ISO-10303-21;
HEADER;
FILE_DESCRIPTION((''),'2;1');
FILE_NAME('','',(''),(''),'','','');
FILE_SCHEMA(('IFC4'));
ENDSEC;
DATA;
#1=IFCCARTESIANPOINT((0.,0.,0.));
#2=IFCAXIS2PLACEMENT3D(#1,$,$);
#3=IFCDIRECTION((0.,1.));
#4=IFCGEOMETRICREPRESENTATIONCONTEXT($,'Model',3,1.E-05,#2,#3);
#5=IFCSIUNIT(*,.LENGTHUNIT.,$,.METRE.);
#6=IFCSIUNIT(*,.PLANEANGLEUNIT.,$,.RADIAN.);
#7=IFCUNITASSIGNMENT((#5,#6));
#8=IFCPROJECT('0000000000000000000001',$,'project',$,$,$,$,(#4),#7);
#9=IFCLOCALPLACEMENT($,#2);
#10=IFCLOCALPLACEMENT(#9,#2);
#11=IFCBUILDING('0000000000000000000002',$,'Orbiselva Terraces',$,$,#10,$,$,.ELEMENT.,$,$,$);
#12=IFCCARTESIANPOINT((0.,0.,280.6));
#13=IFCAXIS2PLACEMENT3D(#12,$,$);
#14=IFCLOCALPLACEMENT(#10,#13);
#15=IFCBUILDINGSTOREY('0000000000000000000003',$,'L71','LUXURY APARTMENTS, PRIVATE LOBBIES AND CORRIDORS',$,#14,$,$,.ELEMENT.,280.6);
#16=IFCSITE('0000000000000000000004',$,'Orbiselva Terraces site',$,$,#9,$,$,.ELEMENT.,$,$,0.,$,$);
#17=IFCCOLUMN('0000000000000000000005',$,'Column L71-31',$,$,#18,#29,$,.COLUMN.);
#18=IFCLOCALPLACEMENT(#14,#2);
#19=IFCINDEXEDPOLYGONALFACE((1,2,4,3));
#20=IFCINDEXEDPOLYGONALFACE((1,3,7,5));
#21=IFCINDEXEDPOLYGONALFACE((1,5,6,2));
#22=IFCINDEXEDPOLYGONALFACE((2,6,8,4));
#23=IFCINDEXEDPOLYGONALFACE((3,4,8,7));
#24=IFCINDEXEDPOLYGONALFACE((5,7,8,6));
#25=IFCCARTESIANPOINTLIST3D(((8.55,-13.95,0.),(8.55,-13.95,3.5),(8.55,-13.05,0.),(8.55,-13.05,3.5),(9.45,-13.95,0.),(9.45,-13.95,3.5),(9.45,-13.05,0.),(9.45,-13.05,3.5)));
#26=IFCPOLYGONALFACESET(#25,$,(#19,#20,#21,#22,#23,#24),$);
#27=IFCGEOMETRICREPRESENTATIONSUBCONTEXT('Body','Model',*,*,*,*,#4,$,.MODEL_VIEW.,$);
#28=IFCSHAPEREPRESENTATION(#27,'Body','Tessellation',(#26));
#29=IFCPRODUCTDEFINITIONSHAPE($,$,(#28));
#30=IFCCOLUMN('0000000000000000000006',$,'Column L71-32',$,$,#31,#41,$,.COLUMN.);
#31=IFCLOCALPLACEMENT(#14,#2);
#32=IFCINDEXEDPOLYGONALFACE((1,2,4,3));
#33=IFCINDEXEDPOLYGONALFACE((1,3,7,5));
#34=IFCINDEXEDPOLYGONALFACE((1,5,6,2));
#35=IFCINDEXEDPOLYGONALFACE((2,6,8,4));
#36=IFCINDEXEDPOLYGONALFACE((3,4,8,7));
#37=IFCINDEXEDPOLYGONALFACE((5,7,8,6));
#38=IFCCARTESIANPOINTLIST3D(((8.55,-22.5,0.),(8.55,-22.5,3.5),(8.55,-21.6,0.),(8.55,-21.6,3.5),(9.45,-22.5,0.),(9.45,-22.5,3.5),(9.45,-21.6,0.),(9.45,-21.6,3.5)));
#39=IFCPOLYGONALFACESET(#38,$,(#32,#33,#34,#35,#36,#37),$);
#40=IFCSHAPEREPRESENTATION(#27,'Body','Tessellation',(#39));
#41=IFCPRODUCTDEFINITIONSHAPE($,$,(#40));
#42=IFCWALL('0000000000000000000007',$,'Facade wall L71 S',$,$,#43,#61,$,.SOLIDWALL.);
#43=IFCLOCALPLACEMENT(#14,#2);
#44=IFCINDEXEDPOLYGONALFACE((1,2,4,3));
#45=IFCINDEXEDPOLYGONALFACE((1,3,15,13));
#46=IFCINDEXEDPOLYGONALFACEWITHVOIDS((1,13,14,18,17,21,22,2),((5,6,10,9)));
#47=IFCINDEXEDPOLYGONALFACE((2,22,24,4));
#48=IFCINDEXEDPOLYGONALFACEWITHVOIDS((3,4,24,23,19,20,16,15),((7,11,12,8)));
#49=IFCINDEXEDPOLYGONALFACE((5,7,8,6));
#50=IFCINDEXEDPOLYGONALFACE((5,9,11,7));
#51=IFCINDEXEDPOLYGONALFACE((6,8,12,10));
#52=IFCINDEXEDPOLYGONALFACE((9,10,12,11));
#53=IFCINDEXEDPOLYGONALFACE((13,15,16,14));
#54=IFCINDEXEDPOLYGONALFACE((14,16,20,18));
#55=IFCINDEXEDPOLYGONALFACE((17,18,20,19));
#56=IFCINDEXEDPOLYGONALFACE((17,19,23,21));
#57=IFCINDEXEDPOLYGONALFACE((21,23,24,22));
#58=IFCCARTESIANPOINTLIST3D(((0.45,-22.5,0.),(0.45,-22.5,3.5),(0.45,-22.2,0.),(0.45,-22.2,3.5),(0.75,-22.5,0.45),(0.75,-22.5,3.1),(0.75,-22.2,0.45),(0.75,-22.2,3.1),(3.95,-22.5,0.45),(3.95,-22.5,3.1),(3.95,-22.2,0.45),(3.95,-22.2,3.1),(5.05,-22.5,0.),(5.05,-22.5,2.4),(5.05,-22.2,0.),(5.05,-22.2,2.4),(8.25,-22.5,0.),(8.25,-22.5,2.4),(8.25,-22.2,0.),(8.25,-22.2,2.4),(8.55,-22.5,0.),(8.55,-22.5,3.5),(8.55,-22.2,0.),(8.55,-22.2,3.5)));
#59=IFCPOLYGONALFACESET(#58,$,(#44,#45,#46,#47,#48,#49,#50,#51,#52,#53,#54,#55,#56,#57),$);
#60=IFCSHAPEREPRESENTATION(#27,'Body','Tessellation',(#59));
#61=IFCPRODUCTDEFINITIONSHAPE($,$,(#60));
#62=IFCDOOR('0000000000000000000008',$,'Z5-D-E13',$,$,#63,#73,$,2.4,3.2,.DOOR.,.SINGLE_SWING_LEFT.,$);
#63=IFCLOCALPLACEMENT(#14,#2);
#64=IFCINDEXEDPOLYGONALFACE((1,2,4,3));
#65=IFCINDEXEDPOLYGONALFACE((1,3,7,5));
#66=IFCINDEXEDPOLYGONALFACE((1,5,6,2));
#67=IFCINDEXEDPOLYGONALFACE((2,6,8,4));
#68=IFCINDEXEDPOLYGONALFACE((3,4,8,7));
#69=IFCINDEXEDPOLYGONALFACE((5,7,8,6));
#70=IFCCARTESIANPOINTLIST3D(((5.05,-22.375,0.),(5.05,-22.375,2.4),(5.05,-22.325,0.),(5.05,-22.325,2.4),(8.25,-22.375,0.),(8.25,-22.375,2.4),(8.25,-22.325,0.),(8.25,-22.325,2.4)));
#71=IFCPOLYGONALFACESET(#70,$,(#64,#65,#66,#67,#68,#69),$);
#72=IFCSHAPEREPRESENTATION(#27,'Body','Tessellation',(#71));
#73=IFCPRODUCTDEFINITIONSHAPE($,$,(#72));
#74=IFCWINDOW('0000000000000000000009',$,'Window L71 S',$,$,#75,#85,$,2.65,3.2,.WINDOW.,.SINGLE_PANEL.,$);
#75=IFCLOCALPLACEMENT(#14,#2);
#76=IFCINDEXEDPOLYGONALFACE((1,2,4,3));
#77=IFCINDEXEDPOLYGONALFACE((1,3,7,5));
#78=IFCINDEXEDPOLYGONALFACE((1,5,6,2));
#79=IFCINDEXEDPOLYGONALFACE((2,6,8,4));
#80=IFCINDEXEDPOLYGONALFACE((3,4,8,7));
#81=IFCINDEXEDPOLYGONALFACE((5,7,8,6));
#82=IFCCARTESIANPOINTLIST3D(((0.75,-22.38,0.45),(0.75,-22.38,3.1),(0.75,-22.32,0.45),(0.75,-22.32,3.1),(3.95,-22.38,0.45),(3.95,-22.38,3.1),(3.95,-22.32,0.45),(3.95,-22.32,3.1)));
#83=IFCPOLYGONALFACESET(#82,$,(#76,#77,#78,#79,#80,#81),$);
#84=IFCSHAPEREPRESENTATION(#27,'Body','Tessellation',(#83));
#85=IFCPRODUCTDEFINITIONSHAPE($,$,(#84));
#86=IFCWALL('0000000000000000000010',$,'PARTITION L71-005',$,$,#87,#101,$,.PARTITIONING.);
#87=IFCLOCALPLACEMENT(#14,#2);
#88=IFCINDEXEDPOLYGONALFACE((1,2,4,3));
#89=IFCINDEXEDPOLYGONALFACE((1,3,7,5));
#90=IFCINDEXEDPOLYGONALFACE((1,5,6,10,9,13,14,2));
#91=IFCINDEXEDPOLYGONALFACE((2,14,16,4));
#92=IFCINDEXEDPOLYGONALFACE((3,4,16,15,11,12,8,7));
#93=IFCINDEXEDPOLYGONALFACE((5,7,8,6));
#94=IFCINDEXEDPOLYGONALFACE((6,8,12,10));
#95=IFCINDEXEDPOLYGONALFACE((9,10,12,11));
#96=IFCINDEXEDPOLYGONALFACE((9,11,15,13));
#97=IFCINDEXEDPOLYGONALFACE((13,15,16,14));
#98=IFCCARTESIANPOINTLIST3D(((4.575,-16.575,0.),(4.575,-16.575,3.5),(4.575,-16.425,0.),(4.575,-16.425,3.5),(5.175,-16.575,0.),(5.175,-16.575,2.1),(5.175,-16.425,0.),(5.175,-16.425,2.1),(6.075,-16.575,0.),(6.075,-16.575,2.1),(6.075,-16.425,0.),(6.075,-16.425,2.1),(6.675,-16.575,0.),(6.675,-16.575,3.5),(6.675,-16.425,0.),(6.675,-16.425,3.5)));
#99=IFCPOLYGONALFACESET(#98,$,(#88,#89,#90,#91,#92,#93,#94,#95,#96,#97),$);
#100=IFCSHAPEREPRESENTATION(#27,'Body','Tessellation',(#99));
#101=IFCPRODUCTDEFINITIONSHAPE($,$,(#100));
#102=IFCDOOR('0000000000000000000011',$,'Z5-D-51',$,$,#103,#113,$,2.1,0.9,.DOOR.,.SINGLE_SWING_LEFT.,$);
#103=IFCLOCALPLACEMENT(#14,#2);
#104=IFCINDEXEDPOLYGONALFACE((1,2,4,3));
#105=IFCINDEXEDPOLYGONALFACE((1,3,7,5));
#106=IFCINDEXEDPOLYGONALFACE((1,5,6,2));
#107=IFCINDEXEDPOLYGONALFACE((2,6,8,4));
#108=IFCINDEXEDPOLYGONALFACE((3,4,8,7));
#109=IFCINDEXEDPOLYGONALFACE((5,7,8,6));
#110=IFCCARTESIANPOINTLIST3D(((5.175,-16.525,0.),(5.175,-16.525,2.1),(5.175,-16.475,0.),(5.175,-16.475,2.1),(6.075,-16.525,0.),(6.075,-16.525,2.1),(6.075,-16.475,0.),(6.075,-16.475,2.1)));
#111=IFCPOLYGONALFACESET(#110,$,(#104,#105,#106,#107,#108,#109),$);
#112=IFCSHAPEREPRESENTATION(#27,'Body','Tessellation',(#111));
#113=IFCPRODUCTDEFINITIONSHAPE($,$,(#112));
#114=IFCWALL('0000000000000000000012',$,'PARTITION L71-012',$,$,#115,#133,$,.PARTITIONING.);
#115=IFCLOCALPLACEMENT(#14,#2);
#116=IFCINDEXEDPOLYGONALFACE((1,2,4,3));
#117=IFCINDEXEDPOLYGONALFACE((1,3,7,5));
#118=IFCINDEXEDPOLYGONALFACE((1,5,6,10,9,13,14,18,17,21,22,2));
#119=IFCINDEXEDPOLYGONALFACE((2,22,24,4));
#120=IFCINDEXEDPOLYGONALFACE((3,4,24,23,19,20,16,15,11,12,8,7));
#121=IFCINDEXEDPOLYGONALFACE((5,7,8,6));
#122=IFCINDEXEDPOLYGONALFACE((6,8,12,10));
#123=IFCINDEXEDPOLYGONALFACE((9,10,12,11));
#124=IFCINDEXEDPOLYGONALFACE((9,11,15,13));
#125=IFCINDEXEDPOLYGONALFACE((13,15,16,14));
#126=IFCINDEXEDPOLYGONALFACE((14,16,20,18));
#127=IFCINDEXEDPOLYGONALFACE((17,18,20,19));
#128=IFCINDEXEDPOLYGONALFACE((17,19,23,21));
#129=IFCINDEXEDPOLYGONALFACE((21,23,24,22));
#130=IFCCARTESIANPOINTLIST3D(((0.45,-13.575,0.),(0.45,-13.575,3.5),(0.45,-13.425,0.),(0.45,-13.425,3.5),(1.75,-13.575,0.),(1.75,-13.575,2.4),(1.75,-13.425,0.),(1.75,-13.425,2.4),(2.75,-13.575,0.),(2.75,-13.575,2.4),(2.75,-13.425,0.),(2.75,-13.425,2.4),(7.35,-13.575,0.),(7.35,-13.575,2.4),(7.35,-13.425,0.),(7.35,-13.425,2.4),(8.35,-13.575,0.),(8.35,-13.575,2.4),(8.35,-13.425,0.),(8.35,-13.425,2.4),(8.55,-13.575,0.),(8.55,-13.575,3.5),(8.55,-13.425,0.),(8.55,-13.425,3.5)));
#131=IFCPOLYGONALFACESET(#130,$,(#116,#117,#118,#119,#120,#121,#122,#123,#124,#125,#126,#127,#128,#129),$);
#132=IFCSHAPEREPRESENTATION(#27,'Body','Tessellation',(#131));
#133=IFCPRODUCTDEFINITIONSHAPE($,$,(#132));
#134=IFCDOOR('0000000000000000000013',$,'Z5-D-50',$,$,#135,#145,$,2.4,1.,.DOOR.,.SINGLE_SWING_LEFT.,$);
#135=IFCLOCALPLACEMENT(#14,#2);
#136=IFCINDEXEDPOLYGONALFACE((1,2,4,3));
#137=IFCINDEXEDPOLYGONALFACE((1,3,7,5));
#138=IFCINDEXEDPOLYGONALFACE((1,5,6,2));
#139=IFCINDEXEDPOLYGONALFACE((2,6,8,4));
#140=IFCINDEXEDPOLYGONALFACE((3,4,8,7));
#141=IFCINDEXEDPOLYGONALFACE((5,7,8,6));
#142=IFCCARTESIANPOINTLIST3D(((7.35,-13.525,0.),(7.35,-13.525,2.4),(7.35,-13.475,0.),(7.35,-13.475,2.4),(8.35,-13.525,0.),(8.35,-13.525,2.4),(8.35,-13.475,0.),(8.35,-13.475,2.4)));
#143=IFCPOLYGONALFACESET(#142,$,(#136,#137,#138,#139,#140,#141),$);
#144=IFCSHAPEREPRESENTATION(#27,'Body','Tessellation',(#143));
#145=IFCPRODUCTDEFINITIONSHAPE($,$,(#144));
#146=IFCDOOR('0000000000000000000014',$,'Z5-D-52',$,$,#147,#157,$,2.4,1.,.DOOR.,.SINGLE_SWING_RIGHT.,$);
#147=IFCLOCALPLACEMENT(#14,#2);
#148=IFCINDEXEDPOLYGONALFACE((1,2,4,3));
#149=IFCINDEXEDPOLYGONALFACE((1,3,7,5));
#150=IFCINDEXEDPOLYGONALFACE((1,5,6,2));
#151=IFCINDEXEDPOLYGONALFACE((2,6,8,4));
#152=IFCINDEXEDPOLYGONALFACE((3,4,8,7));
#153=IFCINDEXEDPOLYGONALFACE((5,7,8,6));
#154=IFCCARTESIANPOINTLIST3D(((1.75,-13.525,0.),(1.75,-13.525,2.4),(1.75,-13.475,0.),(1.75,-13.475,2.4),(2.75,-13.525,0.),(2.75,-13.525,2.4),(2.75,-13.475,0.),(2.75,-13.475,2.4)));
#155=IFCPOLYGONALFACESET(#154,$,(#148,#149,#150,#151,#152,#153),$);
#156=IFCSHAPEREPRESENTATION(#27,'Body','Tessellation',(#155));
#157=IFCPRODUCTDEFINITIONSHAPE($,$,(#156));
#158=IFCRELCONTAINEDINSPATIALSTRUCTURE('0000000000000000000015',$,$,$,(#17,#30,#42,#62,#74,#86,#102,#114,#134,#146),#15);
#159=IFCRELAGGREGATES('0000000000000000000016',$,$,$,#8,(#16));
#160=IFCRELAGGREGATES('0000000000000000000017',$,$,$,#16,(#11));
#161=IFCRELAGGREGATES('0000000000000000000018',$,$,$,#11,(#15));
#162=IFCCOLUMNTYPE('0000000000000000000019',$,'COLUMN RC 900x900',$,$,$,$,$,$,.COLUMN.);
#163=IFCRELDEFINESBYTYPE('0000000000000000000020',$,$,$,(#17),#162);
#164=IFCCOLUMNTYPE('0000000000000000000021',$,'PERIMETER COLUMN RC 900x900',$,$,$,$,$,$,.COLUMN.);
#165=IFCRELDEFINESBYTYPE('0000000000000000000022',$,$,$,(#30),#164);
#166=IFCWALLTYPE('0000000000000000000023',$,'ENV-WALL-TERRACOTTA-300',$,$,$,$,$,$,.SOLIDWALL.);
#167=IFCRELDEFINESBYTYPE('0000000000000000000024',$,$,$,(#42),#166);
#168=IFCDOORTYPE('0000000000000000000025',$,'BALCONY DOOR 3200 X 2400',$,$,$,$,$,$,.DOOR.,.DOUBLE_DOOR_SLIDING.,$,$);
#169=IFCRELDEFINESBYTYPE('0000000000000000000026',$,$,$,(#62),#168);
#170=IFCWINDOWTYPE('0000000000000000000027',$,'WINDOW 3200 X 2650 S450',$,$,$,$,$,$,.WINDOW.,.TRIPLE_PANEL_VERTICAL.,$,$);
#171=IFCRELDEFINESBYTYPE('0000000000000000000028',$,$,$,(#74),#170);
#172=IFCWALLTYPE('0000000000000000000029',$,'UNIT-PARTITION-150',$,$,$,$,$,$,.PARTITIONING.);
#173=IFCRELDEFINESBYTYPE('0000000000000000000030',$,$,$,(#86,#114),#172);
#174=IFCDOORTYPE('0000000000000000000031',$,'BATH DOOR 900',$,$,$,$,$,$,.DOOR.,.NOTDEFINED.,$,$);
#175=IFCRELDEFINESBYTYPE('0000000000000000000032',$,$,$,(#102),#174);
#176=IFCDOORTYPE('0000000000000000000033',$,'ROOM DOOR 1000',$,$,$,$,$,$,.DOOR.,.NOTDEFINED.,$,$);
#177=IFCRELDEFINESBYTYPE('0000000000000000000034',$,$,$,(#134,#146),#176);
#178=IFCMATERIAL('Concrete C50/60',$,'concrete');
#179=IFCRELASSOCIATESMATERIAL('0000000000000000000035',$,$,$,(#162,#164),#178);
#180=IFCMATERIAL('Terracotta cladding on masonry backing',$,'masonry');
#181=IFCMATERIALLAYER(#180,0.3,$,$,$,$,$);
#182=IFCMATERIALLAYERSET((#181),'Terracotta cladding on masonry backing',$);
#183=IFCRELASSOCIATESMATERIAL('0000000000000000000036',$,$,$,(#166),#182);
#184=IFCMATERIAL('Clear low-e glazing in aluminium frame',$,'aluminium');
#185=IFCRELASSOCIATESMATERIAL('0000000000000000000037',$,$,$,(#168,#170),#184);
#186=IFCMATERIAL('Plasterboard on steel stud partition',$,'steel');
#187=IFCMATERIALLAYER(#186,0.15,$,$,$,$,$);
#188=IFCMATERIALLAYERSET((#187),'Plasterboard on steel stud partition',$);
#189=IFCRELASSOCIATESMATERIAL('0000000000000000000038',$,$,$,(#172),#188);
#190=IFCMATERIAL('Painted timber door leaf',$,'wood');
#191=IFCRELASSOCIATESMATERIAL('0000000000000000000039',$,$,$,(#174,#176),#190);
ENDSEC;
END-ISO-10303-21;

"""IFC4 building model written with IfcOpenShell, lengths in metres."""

from ifc_helpers import new_model, si_unit, direction, frame, frame_2d, origin, origin_2d, place, context, subcontext, project, spatial, rectangle, extrude, material, layer, layer_set, material_profile, profile_set, type_object, element, fill, save


model = new_model("IFC4")

# Units and contexts
model_context = context("Model", 3, precision=1e-05, world=origin(), true_north=direction((0.0, 1.0)))
body_context = subcontext(model_context, "Body", "Model", "MODEL_VIEW")
ifc_project = project(units=[si_unit("LENGTHUNIT", "METRE"), si_unit("PLANEANGLEUNIT", "RADIAN")], contexts=[model_context])

# Site, building, storey
site_placement = place(None, origin())
site = spatial("IfcSite", under=ifc_project, at=site_placement, Name="Orbiselva Terraces site", CompositionType="ELEMENT", RefElevation=0.0)
building_placement = place(site_placement, origin())
building = spatial("IfcBuilding", under=site, at=building_placement, Name="Orbiselva Terraces", CompositionType="ELEMENT")
storey_placement = place(building_placement, frame((0.0, 0.0, 280.6)))
storey = spatial("IfcBuildingStorey", under=building, at=storey_placement, Name="L71", Description="LUXURY APARTMENTS, PRIVATE LOBBIES AND CORRIDORS", CompositionType="ELEMENT", Elevation=280.6)

# Columns
ifc_material_1 = material(Name="Concrete C50/60", Category="concrete")
ifc_material_profile_1 = material_profile(ifc_material_1, rectangle(XDim=0.9, YDim=0.9, at=origin_2d()), Name="RC 900x900")
ifc_profile_set_1 = profile_set([ifc_material_profile_1], Name="Concrete C50/60")
column_type_1 = type_object("IfcColumnType", Name="COLUMN RC 900x900", PredefinedType="COLUMN", material=ifc_profile_set_1)
column_1_placement = place(storey_placement, frame((9.0, -13.5, 0.0), z_axis=(0.0, 0.0, 1.0), x_axis=(1.0, 0.0, 0.0)))
element("IfcColumn", 1, at=column_1_placement, inside=storey, type_object=column_type_1, Name="Column L71-31", PredefinedType="COLUMN", context=body_context, shape_type="SweptSolid", body=[
    extrude(rectangle(XDim=0.9, YDim=0.9, at=origin_2d()), origin(), (0.0, 0.0, 1.0), 3.5),
])
ifc_material_profile_2 = material_profile(ifc_material_1, rectangle(XDim=0.9, YDim=0.9, at=origin_2d()), Name="RC 900x900")
ifc_profile_set_2 = profile_set([ifc_material_profile_2], Name="Concrete C50/60")
column_type_2 = type_object("IfcColumnType", Name="PERIMETER COLUMN RC 900x900", PredefinedType="COLUMN", material=ifc_profile_set_2)
column_2_placement = place(storey_placement, frame((9.0, -22.05, 0.0), z_axis=(0.0, 0.0, 1.0), x_axis=(1.0, 0.0, 0.0)))
element("IfcColumn", 2, at=column_2_placement, inside=storey, type_object=column_type_2, Name="Column L71-32", PredefinedType="COLUMN", context=body_context, shape_type="SweptSolid", body=[
    extrude(rectangle(XDim=0.9, YDim=0.9, at=origin_2d()), origin(), (0.0, 0.0, 1.0), 3.5),
])

# Wall, openings, door, window
ifc_material_2 = material(Name="Terracotta cladding on masonry backing", Category="masonry")
ifc_layer_1 = layer(ifc_material_2, 0.3)
ifc_layer_set_1 = layer_set([ifc_layer_1], Name="Terracotta cladding on masonry backing")
wall_type_1 = type_object("IfcWallType", Name="ENV-WALL-TERRACOTTA-300", PredefinedType="SOLIDWALL", material=ifc_layer_set_1)
wall_1_placement = place(storey_placement, frame((8.55, -22.35, 0.0), z_axis=(0.0, 0.0, 1.0), x_axis=(-1.0, 0.0, 0.0)))
wall_1 = element("IfcWall", 3, at=wall_1_placement, inside=storey, type_object=wall_type_1, Name="Facade wall L71 S", PredefinedType="SOLIDWALL", context=body_context, shape_type="SweptSolid", body=[
    extrude(rectangle(XDim=8.1, YDim=0.3, at=frame_2d((4.05, 0.0))), origin(), (0.0, 0.0, 1.0), 3.5),
])
opening_1_placement = place(wall_1_placement, frame((4.6, 0.0, 0.45)))
opening_1 = element("IfcOpeningElement", 4, at=opening_1_placement, cuts=wall_1, PredefinedType="OPENING", context=body_context, shape_type="SweptSolid", body=[
    extrude(rectangle(XDim=3.2, YDim=2.65, at=frame_2d((1.6, 1.325))), frame((0.0, 0.16, 0.0), z_axis=(0.0, -1.0, 0.0), x_axis=(1.0, 0.0, 0.0)), (0.0, 0.0, 1.0), 0.32),
])
opening_2_placement = place(wall_1_placement, frame((0.3, 0.0, 0.0)))
opening_2 = element("IfcOpeningElement", 5, at=opening_2_placement, cuts=wall_1, PredefinedType="OPENING", context=body_context, shape_type="SweptSolid", body=[
    extrude(rectangle(XDim=3.2, YDim=2.4, at=frame_2d((1.6, 1.2))), frame((0.0, 0.16, 0.0), z_axis=(0.0, -1.0, 0.0), x_axis=(1.0, 0.0, 0.0)), (0.0, 0.0, 1.0), 0.32),
])
ifc_material_3 = material(Name="Clear low-e glazing in aluminium frame", Category="aluminium")
door_type_1 = type_object("IfcDoorType", Name="BALCONY DOOR 3200 X 2400", OperationType="DOUBLE_DOOR_SLIDING", PredefinedType="DOOR", material=ifc_material_3)
door_1_placement = place(opening_2_placement, origin())
door_1 = element("IfcDoor", 6, at=door_1_placement, inside=storey, type_object=door_type_1, Name="Z5-D-E13", OperationType="SINGLE_SWING_LEFT", OverallHeight=2.4, OverallWidth=3.2, PredefinedType="DOOR", context=body_context, shape_type="SweptSolid", body=[
    extrude(rectangle(XDim=3.2, YDim=2.4, at=frame_2d((1.6, 1.2))), frame((0.0, 0.025, 0.0), z_axis=(0.0, -1.0, 0.0), x_axis=(1.0, 0.0, 0.0)), (0.0, 0.0, 1.0), 0.05),
])
fill(opening_2, door_1)
window_type = type_object("IfcWindowType", Name="WINDOW 3200 X 2650 S450", PartitioningType="TRIPLE_PANEL_VERTICAL", PredefinedType="WINDOW", material=ifc_material_3)
window_placement = place(opening_1_placement, origin())
window = element("IfcWindow", 7, at=window_placement, inside=storey, type_object=window_type, Name="Window L71 S", OverallHeight=2.65, OverallWidth=3.2, PartitioningType="SINGLE_PANEL", PredefinedType="WINDOW", context=body_context, shape_type="SweptSolid", body=[
    extrude(rectangle(XDim=3.2, YDim=2.65, at=frame_2d((1.6, 1.325))), frame((0.0, 0.03, 0.0), z_axis=(0.0, -1.0, 0.0), x_axis=(1.0, 0.0, 0.0)), (0.0, 0.0, 1.0), 0.06),
])
fill(opening_1, window)

# Wall, opening, door
ifc_material_4 = material(Name="Plasterboard on steel stud partition", Category="steel")
ifc_layer_2 = layer(ifc_material_4, 0.15)
ifc_layer_set_2 = layer_set([ifc_layer_2], Name="Plasterboard on steel stud partition")
wall_type_2 = type_object("IfcWallType", Name="UNIT-PARTITION-150", PredefinedType="PARTITIONING", material=ifc_layer_set_2)
wall_2_placement = place(storey_placement, frame((4.575, -16.5, 0.0), z_axis=(0.0, 0.0, 1.0), x_axis=(1.0, 0.0, 0.0)))
wall_2 = element("IfcWall", 8, at=wall_2_placement, inside=storey, type_object=wall_type_2, Name="PARTITION L71-005", PredefinedType="PARTITIONING", context=body_context, shape_type="SweptSolid", body=[
    extrude(rectangle(XDim=2.1, YDim=0.15, at=frame_2d((1.05, 0.0))), origin(), (0.0, 0.0, 1.0), 3.5),
])
opening_3_placement = place(wall_2_placement, frame((0.6, 0.0, 0.0)))
opening_3 = element("IfcOpeningElement", 9, at=opening_3_placement, cuts=wall_2, PredefinedType="OPENING", context=body_context, shape_type="SweptSolid", body=[
    extrude(rectangle(XDim=0.9, YDim=2.1, at=frame_2d((0.45, 1.05))), frame((0.0, 0.085, 0.0), z_axis=(0.0, -1.0, 0.0), x_axis=(1.0, 0.0, 0.0)), (0.0, 0.0, 1.0), 0.17),
])
ifc_material_5 = material(Name="Painted timber door leaf", Category="wood")
door_type_2 = type_object("IfcDoorType", Name="BATH DOOR 900", OperationType="NOTDEFINED", PredefinedType="DOOR", material=ifc_material_5)
door_2_placement = place(opening_3_placement, origin())
door_2 = element("IfcDoor", 10, at=door_2_placement, inside=storey, type_object=door_type_2, Name="Z5-D-51", OperationType="SINGLE_SWING_LEFT", OverallHeight=2.1, OverallWidth=0.9, PredefinedType="DOOR", context=body_context, shape_type="SweptSolid", body=[
    extrude(rectangle(XDim=0.9, YDim=2.1, at=frame_2d((0.45, 1.05))), frame((0.0, 0.025, 0.0), z_axis=(0.0, -1.0, 0.0), x_axis=(1.0, 0.0, 0.0)), (0.0, 0.0, 1.0), 0.05),
])
fill(opening_3, door_2)

# Wall, openings, doors
wall_3_placement = place(storey_placement, frame((8.55, -13.5, 0.0), z_axis=(0.0, 0.0, 1.0), x_axis=(-1.0, 0.0, 0.0)))
wall_3 = element("IfcWall", 11, at=wall_3_placement, inside=storey, type_object=wall_type_2, Name="PARTITION L71-012", PredefinedType="PARTITIONING", context=body_context, shape_type="SweptSolid", body=[
    extrude(rectangle(XDim=8.1, YDim=0.15, at=frame_2d((4.05, 0.0))), origin(), (0.0, 0.0, 1.0), 3.5),
])
opening_4_placement = place(wall_3_placement, frame((0.2, 0.0, 0.0)))
opening_4 = element("IfcOpeningElement", 12, at=opening_4_placement, cuts=wall_3, PredefinedType="OPENING", context=body_context, shape_type="SweptSolid", body=[
    extrude(rectangle(XDim=1.0, YDim=2.4, at=frame_2d((0.5, 1.2))), frame((0.0, 0.085, 0.0), z_axis=(0.0, -1.0, 0.0), x_axis=(1.0, 0.0, 0.0)), (0.0, 0.0, 1.0), 0.17),
])
opening_5_placement = place(wall_3_placement, frame((5.8, 0.0, 0.0)))
opening_5 = element("IfcOpeningElement", 13, at=opening_5_placement, cuts=wall_3, PredefinedType="OPENING", context=body_context, shape_type="SweptSolid", body=[
    extrude(rectangle(XDim=1.0, YDim=2.4, at=frame_2d((0.5, 1.2))), frame((0.0, 0.085, 0.0), z_axis=(0.0, -1.0, 0.0), x_axis=(1.0, 0.0, 0.0)), (0.0, 0.0, 1.0), 0.17),
])
door_type_3 = type_object("IfcDoorType", Name="ROOM DOOR 1000", OperationType="NOTDEFINED", PredefinedType="DOOR", material=ifc_material_5)
door_3_placement = place(opening_4_placement, origin())
door_3 = element("IfcDoor", 14, at=door_3_placement, inside=storey, type_object=door_type_3, Name="Z5-D-50", OperationType="SINGLE_SWING_LEFT", OverallHeight=2.4, OverallWidth=1.0, PredefinedType="DOOR", context=body_context, shape_type="SweptSolid", body=[
    extrude(rectangle(XDim=1.0, YDim=2.4, at=frame_2d((0.5, 1.2))), frame((0.0, 0.025, 0.0), z_axis=(0.0, -1.0, 0.0), x_axis=(1.0, 0.0, 0.0)), (0.0, 0.0, 1.0), 0.05),
])
fill(opening_4, door_3)
door_4_placement = place(opening_5_placement, origin())
door_4 = element("IfcDoor", 15, at=door_4_placement, inside=storey, type_object=door_type_3, Name="Z5-D-52", OperationType="SINGLE_SWING_RIGHT", OverallHeight=2.4, OverallWidth=1.0, PredefinedType="DOOR", context=body_context, shape_type="SweptSolid", body=[
    extrude(rectangle(XDim=1.0, YDim=2.4, at=frame_2d((0.5, 1.2))), frame((0.0, 0.025, 0.0), z_axis=(0.0, -1.0, 0.0), x_axis=(1.0, 0.0, 0.0)), (0.0, 0.0, 1.0), 0.05),
])
fill(opening_5, door_4)

save(model, "model.ifc")
